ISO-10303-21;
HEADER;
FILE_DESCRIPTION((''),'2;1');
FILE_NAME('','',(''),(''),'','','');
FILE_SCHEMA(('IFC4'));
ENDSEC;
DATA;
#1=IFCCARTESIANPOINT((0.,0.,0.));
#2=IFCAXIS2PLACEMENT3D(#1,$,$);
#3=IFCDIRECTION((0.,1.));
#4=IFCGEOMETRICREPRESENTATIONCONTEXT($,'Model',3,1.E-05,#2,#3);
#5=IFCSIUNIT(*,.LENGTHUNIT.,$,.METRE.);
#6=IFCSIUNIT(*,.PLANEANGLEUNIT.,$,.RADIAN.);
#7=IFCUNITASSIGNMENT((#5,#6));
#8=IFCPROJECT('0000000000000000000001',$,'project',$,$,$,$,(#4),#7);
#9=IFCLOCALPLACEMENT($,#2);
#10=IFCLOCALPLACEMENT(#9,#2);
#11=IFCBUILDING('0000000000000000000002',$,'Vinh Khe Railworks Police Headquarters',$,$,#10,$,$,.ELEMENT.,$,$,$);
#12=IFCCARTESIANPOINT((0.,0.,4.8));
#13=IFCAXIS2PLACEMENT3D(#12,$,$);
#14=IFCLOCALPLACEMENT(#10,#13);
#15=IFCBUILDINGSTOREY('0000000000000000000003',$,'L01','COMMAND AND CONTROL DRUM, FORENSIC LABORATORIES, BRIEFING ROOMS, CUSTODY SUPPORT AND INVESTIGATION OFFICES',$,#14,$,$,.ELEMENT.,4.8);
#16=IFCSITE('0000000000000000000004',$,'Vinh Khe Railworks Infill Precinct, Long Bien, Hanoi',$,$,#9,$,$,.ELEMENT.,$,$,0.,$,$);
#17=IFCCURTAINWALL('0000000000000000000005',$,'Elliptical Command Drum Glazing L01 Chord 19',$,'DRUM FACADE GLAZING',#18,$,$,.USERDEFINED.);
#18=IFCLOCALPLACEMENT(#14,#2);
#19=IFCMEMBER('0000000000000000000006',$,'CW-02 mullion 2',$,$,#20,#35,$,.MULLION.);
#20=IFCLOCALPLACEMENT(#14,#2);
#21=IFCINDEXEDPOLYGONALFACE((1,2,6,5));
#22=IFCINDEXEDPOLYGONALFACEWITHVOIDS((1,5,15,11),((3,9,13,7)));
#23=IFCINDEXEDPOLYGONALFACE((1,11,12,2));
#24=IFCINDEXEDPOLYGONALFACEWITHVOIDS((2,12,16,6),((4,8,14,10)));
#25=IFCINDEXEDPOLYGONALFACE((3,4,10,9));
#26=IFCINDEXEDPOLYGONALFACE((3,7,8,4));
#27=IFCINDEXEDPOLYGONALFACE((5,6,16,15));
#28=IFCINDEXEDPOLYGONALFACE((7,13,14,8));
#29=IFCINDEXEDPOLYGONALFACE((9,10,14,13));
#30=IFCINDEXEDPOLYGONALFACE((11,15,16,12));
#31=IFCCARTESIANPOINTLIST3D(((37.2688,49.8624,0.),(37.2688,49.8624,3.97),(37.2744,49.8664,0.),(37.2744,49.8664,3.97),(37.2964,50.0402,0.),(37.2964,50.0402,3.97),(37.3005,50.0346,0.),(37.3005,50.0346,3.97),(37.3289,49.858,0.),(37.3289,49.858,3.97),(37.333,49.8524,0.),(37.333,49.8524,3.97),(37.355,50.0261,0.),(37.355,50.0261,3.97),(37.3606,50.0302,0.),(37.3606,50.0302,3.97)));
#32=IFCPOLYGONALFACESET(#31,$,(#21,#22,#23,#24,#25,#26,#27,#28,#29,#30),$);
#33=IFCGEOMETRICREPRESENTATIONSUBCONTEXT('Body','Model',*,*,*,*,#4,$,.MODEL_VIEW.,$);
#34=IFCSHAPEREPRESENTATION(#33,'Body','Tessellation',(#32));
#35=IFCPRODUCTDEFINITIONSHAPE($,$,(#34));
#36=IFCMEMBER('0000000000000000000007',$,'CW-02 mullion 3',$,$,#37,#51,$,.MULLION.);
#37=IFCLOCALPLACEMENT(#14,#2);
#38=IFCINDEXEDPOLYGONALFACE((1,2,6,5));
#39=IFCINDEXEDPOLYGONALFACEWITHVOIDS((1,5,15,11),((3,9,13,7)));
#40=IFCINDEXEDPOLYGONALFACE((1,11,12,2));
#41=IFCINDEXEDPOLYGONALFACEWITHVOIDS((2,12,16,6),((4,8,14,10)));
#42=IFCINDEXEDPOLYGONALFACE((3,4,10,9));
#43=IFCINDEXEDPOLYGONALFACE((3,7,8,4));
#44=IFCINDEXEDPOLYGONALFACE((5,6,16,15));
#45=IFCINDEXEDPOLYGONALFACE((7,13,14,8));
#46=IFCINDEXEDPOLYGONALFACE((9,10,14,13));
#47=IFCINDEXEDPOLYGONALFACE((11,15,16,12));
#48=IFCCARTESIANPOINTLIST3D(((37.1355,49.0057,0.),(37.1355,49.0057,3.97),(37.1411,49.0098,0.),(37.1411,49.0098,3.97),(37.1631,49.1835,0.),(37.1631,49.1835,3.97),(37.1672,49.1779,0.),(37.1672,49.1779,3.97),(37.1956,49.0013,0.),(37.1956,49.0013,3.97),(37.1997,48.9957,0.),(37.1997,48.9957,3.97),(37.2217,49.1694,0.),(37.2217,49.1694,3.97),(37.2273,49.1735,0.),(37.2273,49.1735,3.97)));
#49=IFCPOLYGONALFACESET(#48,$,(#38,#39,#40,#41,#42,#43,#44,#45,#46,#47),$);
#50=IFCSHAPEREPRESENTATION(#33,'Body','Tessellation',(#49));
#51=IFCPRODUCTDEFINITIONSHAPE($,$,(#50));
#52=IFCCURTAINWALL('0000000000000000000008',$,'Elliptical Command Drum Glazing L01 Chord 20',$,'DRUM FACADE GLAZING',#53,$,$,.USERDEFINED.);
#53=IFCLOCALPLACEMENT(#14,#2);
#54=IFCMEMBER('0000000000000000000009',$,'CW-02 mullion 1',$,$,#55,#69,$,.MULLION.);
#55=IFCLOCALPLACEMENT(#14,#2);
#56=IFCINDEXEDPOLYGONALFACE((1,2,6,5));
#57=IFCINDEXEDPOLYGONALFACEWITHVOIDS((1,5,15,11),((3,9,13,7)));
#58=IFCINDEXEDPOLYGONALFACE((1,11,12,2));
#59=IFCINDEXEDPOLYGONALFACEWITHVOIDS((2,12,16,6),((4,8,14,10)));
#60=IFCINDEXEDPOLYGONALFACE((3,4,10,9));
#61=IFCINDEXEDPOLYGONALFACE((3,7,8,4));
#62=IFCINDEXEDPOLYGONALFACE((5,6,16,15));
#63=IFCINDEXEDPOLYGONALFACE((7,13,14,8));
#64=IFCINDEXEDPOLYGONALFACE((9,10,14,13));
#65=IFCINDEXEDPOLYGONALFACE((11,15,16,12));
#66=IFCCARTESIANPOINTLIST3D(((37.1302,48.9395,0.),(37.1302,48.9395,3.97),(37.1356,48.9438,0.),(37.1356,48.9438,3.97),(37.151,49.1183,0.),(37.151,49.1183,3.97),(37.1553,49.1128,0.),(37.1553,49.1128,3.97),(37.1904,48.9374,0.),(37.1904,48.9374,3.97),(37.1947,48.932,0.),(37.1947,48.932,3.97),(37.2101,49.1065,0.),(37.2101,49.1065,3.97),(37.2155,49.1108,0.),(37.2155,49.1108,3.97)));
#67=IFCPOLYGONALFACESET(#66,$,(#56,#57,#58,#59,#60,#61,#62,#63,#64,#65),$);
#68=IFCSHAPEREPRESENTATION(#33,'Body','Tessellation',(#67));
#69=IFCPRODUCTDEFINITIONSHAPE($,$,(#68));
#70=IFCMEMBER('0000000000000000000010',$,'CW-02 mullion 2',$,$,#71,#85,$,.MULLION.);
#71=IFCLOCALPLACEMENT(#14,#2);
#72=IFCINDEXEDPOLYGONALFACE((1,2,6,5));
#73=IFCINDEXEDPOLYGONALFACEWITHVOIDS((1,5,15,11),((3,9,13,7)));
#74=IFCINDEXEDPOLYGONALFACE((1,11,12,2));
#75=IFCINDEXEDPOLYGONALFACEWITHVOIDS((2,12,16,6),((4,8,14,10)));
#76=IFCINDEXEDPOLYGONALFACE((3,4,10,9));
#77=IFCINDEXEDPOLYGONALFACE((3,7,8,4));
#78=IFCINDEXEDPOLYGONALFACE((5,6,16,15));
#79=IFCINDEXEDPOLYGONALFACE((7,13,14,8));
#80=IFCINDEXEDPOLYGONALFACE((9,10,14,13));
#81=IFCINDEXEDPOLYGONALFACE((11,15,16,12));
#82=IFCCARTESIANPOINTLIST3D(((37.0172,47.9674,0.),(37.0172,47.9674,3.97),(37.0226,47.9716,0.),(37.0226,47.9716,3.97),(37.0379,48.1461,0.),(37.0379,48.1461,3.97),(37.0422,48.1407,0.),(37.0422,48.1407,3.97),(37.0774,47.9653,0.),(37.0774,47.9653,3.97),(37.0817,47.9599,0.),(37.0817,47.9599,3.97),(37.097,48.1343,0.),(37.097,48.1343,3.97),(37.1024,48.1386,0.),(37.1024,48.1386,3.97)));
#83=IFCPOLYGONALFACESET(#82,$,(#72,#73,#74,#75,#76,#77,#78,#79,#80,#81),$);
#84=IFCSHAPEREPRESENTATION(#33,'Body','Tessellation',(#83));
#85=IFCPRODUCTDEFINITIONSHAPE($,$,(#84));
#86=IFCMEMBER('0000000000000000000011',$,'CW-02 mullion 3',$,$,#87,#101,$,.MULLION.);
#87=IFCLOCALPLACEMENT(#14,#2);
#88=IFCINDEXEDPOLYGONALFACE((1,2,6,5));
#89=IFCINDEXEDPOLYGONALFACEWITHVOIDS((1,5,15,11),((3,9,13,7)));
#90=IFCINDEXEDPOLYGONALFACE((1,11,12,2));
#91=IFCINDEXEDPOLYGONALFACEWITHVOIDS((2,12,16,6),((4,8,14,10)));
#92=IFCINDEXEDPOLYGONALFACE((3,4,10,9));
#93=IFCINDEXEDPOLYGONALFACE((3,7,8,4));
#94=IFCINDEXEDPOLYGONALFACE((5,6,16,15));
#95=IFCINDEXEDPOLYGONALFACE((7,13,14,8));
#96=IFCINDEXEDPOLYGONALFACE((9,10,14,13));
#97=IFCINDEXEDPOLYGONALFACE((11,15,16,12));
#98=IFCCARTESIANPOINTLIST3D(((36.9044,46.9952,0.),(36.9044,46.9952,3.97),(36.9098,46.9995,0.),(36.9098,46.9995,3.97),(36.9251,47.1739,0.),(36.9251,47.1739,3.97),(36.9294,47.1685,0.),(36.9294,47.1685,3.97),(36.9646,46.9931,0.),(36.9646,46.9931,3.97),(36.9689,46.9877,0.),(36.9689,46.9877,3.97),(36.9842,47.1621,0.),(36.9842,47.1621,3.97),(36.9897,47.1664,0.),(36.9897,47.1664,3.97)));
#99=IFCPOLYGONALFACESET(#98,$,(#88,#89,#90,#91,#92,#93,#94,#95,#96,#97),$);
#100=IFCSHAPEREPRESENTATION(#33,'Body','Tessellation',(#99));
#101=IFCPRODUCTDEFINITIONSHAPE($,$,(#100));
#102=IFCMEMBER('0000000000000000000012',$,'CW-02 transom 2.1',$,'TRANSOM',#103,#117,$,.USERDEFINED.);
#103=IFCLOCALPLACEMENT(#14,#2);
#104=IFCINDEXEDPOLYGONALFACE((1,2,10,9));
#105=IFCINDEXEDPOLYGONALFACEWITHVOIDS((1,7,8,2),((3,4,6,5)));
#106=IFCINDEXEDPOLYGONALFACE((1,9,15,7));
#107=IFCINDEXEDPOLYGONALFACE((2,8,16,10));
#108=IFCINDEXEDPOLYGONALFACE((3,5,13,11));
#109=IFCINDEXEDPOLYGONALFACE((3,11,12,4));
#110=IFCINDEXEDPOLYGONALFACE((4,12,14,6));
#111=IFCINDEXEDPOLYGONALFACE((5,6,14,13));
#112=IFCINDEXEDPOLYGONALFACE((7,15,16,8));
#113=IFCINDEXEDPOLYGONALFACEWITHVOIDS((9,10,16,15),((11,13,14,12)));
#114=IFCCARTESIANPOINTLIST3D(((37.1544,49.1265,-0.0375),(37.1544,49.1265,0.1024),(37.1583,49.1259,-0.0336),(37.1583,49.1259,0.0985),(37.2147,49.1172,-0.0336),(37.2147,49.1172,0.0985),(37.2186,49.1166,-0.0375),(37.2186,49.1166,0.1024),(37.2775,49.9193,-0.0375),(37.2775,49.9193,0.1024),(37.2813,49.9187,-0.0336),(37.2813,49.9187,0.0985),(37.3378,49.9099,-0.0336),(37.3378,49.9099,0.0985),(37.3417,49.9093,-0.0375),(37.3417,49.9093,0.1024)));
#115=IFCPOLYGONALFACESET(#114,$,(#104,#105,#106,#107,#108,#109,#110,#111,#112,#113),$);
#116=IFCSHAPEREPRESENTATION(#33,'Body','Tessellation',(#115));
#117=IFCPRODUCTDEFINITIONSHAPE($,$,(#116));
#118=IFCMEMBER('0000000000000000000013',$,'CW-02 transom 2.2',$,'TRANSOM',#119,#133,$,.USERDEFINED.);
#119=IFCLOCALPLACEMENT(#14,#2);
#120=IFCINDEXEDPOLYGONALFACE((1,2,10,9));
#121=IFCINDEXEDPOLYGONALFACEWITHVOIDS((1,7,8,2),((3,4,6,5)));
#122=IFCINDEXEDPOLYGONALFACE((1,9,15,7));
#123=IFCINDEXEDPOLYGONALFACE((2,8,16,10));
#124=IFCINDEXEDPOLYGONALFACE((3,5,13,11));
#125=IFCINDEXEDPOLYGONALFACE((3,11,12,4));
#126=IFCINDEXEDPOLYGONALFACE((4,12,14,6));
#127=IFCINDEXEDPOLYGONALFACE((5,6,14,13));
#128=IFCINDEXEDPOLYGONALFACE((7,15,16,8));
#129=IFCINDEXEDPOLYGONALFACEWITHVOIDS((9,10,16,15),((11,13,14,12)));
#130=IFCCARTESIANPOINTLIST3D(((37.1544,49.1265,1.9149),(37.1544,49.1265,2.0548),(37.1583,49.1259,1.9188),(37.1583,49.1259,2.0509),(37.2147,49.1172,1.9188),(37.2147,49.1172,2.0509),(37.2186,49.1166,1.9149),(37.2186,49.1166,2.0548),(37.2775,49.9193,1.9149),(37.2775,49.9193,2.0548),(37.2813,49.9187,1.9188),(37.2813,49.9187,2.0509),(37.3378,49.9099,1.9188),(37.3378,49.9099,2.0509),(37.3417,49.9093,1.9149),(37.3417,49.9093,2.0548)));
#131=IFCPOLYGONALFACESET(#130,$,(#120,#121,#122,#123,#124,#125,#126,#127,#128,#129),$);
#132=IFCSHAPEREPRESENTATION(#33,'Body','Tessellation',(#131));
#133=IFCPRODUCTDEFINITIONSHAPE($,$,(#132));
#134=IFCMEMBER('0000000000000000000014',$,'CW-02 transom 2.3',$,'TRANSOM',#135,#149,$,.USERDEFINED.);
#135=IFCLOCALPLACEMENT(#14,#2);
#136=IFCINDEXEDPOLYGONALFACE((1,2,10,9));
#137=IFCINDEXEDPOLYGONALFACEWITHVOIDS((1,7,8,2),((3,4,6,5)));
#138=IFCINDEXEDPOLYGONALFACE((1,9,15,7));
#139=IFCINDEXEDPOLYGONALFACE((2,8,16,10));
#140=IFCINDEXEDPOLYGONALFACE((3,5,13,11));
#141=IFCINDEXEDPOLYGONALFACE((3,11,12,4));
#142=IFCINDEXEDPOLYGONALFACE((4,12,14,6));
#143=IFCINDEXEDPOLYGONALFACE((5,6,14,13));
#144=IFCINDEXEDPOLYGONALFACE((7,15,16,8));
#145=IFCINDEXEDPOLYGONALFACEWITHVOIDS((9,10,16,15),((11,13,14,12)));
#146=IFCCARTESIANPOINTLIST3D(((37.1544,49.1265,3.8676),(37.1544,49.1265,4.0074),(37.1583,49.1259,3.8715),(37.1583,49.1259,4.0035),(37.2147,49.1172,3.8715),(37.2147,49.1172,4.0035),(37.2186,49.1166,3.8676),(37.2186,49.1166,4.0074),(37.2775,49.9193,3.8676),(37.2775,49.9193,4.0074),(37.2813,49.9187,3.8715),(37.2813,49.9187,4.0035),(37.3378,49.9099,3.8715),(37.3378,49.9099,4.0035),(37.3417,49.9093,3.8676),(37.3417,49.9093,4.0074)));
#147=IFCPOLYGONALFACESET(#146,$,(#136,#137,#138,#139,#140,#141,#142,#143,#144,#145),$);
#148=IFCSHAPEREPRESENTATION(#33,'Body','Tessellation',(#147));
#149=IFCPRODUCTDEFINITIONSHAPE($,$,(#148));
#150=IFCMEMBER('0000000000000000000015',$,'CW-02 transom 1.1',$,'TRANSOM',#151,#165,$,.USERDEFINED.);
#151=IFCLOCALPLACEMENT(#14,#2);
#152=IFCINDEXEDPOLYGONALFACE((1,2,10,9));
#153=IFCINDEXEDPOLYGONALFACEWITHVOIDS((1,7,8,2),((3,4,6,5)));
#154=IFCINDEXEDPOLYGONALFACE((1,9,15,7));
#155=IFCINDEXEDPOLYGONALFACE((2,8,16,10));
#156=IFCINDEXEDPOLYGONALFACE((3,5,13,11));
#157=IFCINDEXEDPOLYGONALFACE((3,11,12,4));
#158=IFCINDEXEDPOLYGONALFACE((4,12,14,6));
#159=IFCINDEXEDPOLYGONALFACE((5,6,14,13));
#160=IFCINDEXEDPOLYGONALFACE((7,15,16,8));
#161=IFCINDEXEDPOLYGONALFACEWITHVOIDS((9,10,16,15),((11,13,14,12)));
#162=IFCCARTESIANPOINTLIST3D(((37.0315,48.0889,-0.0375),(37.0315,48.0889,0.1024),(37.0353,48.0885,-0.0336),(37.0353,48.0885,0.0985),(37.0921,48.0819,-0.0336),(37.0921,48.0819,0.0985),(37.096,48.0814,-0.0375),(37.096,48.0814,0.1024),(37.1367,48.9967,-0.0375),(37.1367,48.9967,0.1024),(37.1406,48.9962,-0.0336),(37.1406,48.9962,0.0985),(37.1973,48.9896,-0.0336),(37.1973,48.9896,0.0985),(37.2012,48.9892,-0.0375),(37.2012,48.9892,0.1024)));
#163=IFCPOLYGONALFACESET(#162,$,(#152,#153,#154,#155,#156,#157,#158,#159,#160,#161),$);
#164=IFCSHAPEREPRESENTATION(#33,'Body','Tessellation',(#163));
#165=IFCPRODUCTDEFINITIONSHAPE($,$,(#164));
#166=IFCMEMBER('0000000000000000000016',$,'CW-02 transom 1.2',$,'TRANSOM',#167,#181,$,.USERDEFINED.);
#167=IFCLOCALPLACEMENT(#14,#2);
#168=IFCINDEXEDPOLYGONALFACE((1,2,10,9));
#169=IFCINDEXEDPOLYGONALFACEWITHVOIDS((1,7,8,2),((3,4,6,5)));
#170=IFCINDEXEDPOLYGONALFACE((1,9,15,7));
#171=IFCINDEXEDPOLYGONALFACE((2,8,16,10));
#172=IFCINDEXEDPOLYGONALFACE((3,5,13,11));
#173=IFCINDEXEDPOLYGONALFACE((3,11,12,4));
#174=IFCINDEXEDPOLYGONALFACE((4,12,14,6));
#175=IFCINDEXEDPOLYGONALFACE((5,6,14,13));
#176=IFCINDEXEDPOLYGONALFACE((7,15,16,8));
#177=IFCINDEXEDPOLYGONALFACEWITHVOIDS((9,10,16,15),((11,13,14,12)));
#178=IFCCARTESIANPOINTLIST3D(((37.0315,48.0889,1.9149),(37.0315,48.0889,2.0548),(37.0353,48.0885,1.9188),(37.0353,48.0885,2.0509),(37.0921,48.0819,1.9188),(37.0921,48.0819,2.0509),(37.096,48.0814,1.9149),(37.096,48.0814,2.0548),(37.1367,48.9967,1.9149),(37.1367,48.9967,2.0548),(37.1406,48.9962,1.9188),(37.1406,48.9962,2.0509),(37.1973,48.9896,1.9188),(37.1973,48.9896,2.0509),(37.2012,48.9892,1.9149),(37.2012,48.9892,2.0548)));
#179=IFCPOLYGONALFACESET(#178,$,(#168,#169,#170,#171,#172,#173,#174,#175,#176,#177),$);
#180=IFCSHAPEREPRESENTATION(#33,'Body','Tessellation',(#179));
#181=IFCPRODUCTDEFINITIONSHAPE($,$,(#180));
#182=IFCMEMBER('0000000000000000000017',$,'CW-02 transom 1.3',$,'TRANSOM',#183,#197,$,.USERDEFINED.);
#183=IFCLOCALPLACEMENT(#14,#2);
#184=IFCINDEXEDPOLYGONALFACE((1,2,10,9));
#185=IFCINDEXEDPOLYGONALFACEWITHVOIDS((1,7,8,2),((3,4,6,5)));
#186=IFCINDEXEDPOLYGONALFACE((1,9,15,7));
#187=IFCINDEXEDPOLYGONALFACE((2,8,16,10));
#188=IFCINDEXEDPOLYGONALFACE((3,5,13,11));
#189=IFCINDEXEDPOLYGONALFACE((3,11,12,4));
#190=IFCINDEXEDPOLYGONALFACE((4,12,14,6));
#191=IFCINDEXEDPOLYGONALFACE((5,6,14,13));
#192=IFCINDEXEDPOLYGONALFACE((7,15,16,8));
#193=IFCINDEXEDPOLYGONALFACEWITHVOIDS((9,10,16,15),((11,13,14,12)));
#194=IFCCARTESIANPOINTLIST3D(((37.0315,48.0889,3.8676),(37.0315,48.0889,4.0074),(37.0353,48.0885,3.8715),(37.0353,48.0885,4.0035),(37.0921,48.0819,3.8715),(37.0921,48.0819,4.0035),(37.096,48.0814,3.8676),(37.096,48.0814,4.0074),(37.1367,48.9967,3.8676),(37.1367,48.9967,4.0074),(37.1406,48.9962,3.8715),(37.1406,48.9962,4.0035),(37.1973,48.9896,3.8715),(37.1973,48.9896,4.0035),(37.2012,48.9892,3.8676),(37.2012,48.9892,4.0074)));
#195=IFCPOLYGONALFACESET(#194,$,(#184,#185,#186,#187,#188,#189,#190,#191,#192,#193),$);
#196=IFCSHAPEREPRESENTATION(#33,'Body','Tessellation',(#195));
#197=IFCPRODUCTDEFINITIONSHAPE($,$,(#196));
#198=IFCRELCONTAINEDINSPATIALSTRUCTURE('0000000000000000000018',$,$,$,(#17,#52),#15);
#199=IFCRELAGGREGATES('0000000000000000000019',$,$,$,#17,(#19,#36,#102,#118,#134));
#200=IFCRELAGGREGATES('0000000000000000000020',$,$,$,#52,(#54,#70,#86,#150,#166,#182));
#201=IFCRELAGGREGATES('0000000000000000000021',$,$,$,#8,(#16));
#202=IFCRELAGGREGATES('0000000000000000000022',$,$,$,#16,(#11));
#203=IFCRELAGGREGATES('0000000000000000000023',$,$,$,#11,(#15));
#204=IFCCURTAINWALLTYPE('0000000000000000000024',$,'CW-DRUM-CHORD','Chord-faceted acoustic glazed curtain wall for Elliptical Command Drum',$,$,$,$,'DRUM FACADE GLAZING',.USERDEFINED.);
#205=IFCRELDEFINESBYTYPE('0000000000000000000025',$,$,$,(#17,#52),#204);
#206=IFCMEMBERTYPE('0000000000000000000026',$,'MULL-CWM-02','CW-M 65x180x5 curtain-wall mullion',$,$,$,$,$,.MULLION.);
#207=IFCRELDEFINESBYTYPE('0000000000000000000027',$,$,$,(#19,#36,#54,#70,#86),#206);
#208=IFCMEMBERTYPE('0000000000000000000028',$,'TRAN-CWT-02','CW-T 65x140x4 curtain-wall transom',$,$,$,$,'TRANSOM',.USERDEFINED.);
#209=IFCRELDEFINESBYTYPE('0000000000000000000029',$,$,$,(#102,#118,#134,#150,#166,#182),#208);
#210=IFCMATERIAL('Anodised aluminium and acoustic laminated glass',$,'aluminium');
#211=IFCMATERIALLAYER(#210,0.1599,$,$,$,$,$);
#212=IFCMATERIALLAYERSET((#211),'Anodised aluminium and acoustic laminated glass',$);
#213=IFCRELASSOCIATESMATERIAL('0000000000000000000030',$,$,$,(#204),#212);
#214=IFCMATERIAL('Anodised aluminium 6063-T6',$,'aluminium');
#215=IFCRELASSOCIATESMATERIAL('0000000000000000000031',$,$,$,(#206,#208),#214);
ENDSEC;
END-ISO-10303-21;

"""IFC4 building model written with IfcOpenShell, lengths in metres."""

from ifc_helpers import new_model, si_unit, direction, frame, origin, origin_2d, place, context, subcontext, project, spatial, hollow_rectangle, extrude, material, layer, layer_set, material_profile, profile_set, type_object, element, aggregate, save


model = new_model("IFC4")

# Units and contexts
model_context = context("Model", 3, precision=1e-05, world=origin(), true_north=direction((0.0, 1.0)))
body_context = subcontext(model_context, "Body", "Model", "MODEL_VIEW")
ifc_project = project(units=[si_unit("LENGTHUNIT", "METRE"), si_unit("PLANEANGLEUNIT", "RADIAN")], contexts=[model_context])

# Site, building, storey
site_placement = place(None, origin())
site = spatial("IfcSite", under=ifc_project, at=site_placement, Name="Vinh Khe Railworks Infill Precinct, Long Bien, Hanoi", CompositionType="ELEMENT", RefElevation=0.0)
building_placement = place(site_placement, origin())
building = spatial("IfcBuilding", under=site, at=building_placement, Name="Vinh Khe Railworks Police Headquarters", CompositionType="ELEMENT")
storey_placement = place(building_placement, frame((0.0, 0.0, 4.8)))
storey = spatial("IfcBuildingStorey", under=building, at=storey_placement, Name="L01", Description="COMMAND AND CONTROL DRUM, FORENSIC LABORATORIES, BRIEFING ROOMS, CUSTODY SUPPORT AND INVESTIGATION OFFICES", CompositionType="ELEMENT", Elevation=4.8)

# Curtain walls, members
ifc_material_1 = material(Name="Anodised aluminium and acoustic laminated glass", Category="aluminium")
ifc_layer_1 = layer(ifc_material_1, 0.1599)
ifc_layer_set_1 = layer_set([ifc_layer_1], Name="Anodised aluminium and acoustic laminated glass")
curtain_wall_type = type_object("IfcCurtainWallType", Name="CW-DRUM-CHORD", Description="Chord-faceted acoustic glazed curtain wall for Elliptical Command Drum", ElementType="DRUM FACADE GLAZING", PredefinedType="USERDEFINED", material=ifc_layer_set_1)
curtain_wall_1_placement = place(storey_placement, origin())
curtain_wall_1 = element("IfcCurtainWall", 1, at=curtain_wall_1_placement, inside=storey, type_object=curtain_wall_type, Name="Elliptical Command Drum Glazing L01 Chord 19", ObjectType="DRUM FACADE GLAZING", PredefinedType="USERDEFINED")
ifc_material_2 = material(Name="Anodised aluminium 6063-T6", Category="aluminium")
ifc_material_profile_1 = material_profile(ifc_material_2, hollow_rectangle(XDim=0.0649, YDim=0.1799, WallThickness=0.0049, at=origin_2d()), Name="CW-M 65x180x5")
ifc_profile_set_1 = profile_set([ifc_material_profile_1], Name="Anodised aluminium 6063-T6")
member_type_1 = type_object("IfcMemberType", Name="MULL-CWM-02", Description="CW-M 65x180x5 curtain-wall mullion", PredefinedType="MULLION", material=ifc_profile_set_1)
member_1_placement = place(storey_placement, frame((37.3147, 49.9463, 0.0), z_axis=(0.0, 0.0, 1.0), x_axis=(0.98815, -0.15349, 0.0)))
member_1 = element("IfcMember", 2, at=member_1_placement, type_object=member_type_1, Name="CW-02 mullion 2", PredefinedType="MULLION", context=body_context, shape_type="SweptSolid", body=[
    extrude(hollow_rectangle(XDim=0.0649, YDim=0.1799, WallThickness=0.0049, at=origin_2d()), origin(), (0.0, 0.0, 1.0), 3.97),
])
member_2_placement = place(storey_placement, frame((37.1814, 49.0896, 0.0), z_axis=(0.0, 0.0, 1.0), x_axis=(0.98815, -0.15349, 0.0)))
member_2 = element("IfcMember", 3, at=member_2_placement, type_object=member_type_1, Name="CW-02 mullion 3", PredefinedType="MULLION", context=body_context, shape_type="SweptSolid", body=[
    extrude(hollow_rectangle(XDim=0.0649, YDim=0.1799, WallThickness=0.0049, at=origin_2d()), origin(), (0.0, 0.0, 1.0), 3.97),
])
curtain_wall_2_placement = place(storey_placement, origin())
curtain_wall_2 = element("IfcCurtainWall", 4, at=curtain_wall_2_placement, inside=storey, type_object=curtain_wall_type, Name="Elliptical Command Drum Glazing L01 Chord 20", ObjectType="DRUM FACADE GLAZING", PredefinedType="USERDEFINED")
member_3_placement = place(storey_placement, frame((37.1729, 49.0251, 0.0), z_axis=(0.0, 0.0, 1.0), x_axis=(0.993329, -0.115318, 0.0)))
member_3 = element("IfcMember", 5, at=member_3_placement, type_object=member_type_1, Name="CW-02 mullion 1", PredefinedType="MULLION", context=body_context, shape_type="SweptSolid", body=[
    extrude(hollow_rectangle(XDim=0.0649, YDim=0.1799, WallThickness=0.0049, at=origin_2d()), origin(), (0.0, 0.0, 1.0), 3.97),
])
member_4_placement = place(storey_placement, frame((37.0598, 48.053, 0.0), z_axis=(0.0, 0.0, 1.0), x_axis=(0.993329, -0.115318, 0.0)))
member_4 = element("IfcMember", 6, at=member_4_placement, type_object=member_type_1, Name="CW-02 mullion 2", PredefinedType="MULLION", context=body_context, shape_type="SweptSolid", body=[
    extrude(hollow_rectangle(XDim=0.0649, YDim=0.1799, WallThickness=0.0049, at=origin_2d()), origin(), (0.0, 0.0, 1.0), 3.97),
])
member_5_placement = place(storey_placement, frame((36.947, 47.0808, 0.0), z_axis=(0.0, 0.0, 1.0), x_axis=(0.993329, -0.115318, 0.0)))
member_5 = element("IfcMember", 7, at=member_5_placement, type_object=member_type_1, Name="CW-02 mullion 3", PredefinedType="MULLION", context=body_context, shape_type="SweptSolid", body=[
    extrude(hollow_rectangle(XDim=0.0649, YDim=0.1799, WallThickness=0.0049, at=origin_2d()), origin(), (0.0, 0.0, 1.0), 3.97),
])

# Members
ifc_material_profile_2 = material_profile(ifc_material_2, hollow_rectangle(XDim=0.0649, YDim=0.1399, WallThickness=0.0039, at=origin_2d()), Name="CW-T 65x140x4")
ifc_profile_set_2 = profile_set([ifc_material_profile_2], Name="Anodised aluminium 6063-T6")
member_type_2 = type_object("IfcMemberType", Name="TRAN-CWT-02", Description="CW-T 65x140x4 curtain-wall transom", ElementType="TRANSOM", PredefinedType="USERDEFINED", material=ifc_profile_set_2)
member_6_placement = place(storey_placement, frame((37.3096, 49.9143, 0.0325), z_axis=(-0.153383, -0.988167, 0.0), x_axis=(0.988167, -0.153383, 0.0)))
member_6 = element("IfcMember", 8, at=member_6_placement, type_object=member_type_2, Name="CW-02 transom 2.1", ObjectType="TRANSOM", PredefinedType="USERDEFINED", context=body_context, shape_type="SweptSolid", body=[
    extrude(hollow_rectangle(XDim=0.0649, YDim=0.1399, WallThickness=0.0039, at=origin_2d()), origin(), (0.0, 0.0, 1.0), 0.8022),
])
member_7_placement = place(storey_placement, frame((37.3096, 49.9143, 1.9849), z_axis=(-0.153383, -0.988167, 0.0), x_axis=(0.988167, -0.153383, 0.0)))
member_7 = element("IfcMember", 9, at=member_7_placement, type_object=member_type_2, Name="CW-02 transom 2.2", ObjectType="TRANSOM", PredefinedType="USERDEFINED", context=body_context, shape_type="SweptSolid", body=[
    extrude(hollow_rectangle(XDim=0.0649, YDim=0.1399, WallThickness=0.0039, at=origin_2d()), origin(), (0.0, 0.0, 1.0), 0.8022),
])
member_8_placement = place(storey_placement, frame((37.3096, 49.9143, 3.9375), z_axis=(-0.153383, -0.988167, 0.0), x_axis=(0.988167, -0.153383, 0.0)))
member_8 = element("IfcMember", 10, at=member_8_placement, type_object=member_type_2, Name="CW-02 transom 2.3", ObjectType="TRANSOM", PredefinedType="USERDEFINED", context=body_context, shape_type="SweptSolid", body=[
    extrude(hollow_rectangle(XDim=0.0649, YDim=0.1399, WallThickness=0.0039, at=origin_2d()), origin(), (0.0, 0.0, 1.0), 0.8022),
])
member_9_placement = place(storey_placement, frame((37.1689, 48.9929, 0.0325), z_axis=(-0.115151, -0.993348, 0.0), x_axis=(0.993348, -0.115151, 0.0)))
member_9 = element("IfcMember", 11, at=member_9_placement, type_object=member_type_2, Name="CW-02 transom 1.1", ObjectType="TRANSOM", PredefinedType="USERDEFINED", context=body_context, shape_type="SweptSolid", body=[
    extrude(hollow_rectangle(XDim=0.0649, YDim=0.1399, WallThickness=0.0039, at=origin_2d()), origin(), (0.0, 0.0, 1.0), 0.9138),
])
member_10_placement = place(storey_placement, frame((37.1689, 48.9929, 1.9849), z_axis=(-0.115151, -0.993348, 0.0), x_axis=(0.993348, -0.115151, 0.0)))
member_10 = element("IfcMember", 12, at=member_10_placement, type_object=member_type_2, Name="CW-02 transom 1.2", ObjectType="TRANSOM", PredefinedType="USERDEFINED", context=body_context, shape_type="SweptSolid", body=[
    extrude(hollow_rectangle(XDim=0.0649, YDim=0.1399, WallThickness=0.0039, at=origin_2d()), origin(), (0.0, 0.0, 1.0), 0.9138),
])
member_11_placement = place(storey_placement, frame((37.1689, 48.9929, 3.9375), z_axis=(-0.115151, -0.993348, 0.0), x_axis=(0.993348, -0.115151, 0.0)))
member_11 = element("IfcMember", 13, at=member_11_placement, type_object=member_type_2, Name="CW-02 transom 1.3", ObjectType="TRANSOM", PredefinedType="USERDEFINED", context=body_context, shape_type="SweptSolid", body=[
    extrude(hollow_rectangle(XDim=0.0649, YDim=0.1399, WallThickness=0.0039, at=origin_2d()), origin(), (0.0, 0.0, 1.0), 0.9138),
])

aggregate(curtain_wall_1, [member_1, member_2, member_6, member_7, member_8])
aggregate(curtain_wall_2, [member_3, member_4, member_5, member_9, member_10, member_11])

save(model, "model.ifc")
